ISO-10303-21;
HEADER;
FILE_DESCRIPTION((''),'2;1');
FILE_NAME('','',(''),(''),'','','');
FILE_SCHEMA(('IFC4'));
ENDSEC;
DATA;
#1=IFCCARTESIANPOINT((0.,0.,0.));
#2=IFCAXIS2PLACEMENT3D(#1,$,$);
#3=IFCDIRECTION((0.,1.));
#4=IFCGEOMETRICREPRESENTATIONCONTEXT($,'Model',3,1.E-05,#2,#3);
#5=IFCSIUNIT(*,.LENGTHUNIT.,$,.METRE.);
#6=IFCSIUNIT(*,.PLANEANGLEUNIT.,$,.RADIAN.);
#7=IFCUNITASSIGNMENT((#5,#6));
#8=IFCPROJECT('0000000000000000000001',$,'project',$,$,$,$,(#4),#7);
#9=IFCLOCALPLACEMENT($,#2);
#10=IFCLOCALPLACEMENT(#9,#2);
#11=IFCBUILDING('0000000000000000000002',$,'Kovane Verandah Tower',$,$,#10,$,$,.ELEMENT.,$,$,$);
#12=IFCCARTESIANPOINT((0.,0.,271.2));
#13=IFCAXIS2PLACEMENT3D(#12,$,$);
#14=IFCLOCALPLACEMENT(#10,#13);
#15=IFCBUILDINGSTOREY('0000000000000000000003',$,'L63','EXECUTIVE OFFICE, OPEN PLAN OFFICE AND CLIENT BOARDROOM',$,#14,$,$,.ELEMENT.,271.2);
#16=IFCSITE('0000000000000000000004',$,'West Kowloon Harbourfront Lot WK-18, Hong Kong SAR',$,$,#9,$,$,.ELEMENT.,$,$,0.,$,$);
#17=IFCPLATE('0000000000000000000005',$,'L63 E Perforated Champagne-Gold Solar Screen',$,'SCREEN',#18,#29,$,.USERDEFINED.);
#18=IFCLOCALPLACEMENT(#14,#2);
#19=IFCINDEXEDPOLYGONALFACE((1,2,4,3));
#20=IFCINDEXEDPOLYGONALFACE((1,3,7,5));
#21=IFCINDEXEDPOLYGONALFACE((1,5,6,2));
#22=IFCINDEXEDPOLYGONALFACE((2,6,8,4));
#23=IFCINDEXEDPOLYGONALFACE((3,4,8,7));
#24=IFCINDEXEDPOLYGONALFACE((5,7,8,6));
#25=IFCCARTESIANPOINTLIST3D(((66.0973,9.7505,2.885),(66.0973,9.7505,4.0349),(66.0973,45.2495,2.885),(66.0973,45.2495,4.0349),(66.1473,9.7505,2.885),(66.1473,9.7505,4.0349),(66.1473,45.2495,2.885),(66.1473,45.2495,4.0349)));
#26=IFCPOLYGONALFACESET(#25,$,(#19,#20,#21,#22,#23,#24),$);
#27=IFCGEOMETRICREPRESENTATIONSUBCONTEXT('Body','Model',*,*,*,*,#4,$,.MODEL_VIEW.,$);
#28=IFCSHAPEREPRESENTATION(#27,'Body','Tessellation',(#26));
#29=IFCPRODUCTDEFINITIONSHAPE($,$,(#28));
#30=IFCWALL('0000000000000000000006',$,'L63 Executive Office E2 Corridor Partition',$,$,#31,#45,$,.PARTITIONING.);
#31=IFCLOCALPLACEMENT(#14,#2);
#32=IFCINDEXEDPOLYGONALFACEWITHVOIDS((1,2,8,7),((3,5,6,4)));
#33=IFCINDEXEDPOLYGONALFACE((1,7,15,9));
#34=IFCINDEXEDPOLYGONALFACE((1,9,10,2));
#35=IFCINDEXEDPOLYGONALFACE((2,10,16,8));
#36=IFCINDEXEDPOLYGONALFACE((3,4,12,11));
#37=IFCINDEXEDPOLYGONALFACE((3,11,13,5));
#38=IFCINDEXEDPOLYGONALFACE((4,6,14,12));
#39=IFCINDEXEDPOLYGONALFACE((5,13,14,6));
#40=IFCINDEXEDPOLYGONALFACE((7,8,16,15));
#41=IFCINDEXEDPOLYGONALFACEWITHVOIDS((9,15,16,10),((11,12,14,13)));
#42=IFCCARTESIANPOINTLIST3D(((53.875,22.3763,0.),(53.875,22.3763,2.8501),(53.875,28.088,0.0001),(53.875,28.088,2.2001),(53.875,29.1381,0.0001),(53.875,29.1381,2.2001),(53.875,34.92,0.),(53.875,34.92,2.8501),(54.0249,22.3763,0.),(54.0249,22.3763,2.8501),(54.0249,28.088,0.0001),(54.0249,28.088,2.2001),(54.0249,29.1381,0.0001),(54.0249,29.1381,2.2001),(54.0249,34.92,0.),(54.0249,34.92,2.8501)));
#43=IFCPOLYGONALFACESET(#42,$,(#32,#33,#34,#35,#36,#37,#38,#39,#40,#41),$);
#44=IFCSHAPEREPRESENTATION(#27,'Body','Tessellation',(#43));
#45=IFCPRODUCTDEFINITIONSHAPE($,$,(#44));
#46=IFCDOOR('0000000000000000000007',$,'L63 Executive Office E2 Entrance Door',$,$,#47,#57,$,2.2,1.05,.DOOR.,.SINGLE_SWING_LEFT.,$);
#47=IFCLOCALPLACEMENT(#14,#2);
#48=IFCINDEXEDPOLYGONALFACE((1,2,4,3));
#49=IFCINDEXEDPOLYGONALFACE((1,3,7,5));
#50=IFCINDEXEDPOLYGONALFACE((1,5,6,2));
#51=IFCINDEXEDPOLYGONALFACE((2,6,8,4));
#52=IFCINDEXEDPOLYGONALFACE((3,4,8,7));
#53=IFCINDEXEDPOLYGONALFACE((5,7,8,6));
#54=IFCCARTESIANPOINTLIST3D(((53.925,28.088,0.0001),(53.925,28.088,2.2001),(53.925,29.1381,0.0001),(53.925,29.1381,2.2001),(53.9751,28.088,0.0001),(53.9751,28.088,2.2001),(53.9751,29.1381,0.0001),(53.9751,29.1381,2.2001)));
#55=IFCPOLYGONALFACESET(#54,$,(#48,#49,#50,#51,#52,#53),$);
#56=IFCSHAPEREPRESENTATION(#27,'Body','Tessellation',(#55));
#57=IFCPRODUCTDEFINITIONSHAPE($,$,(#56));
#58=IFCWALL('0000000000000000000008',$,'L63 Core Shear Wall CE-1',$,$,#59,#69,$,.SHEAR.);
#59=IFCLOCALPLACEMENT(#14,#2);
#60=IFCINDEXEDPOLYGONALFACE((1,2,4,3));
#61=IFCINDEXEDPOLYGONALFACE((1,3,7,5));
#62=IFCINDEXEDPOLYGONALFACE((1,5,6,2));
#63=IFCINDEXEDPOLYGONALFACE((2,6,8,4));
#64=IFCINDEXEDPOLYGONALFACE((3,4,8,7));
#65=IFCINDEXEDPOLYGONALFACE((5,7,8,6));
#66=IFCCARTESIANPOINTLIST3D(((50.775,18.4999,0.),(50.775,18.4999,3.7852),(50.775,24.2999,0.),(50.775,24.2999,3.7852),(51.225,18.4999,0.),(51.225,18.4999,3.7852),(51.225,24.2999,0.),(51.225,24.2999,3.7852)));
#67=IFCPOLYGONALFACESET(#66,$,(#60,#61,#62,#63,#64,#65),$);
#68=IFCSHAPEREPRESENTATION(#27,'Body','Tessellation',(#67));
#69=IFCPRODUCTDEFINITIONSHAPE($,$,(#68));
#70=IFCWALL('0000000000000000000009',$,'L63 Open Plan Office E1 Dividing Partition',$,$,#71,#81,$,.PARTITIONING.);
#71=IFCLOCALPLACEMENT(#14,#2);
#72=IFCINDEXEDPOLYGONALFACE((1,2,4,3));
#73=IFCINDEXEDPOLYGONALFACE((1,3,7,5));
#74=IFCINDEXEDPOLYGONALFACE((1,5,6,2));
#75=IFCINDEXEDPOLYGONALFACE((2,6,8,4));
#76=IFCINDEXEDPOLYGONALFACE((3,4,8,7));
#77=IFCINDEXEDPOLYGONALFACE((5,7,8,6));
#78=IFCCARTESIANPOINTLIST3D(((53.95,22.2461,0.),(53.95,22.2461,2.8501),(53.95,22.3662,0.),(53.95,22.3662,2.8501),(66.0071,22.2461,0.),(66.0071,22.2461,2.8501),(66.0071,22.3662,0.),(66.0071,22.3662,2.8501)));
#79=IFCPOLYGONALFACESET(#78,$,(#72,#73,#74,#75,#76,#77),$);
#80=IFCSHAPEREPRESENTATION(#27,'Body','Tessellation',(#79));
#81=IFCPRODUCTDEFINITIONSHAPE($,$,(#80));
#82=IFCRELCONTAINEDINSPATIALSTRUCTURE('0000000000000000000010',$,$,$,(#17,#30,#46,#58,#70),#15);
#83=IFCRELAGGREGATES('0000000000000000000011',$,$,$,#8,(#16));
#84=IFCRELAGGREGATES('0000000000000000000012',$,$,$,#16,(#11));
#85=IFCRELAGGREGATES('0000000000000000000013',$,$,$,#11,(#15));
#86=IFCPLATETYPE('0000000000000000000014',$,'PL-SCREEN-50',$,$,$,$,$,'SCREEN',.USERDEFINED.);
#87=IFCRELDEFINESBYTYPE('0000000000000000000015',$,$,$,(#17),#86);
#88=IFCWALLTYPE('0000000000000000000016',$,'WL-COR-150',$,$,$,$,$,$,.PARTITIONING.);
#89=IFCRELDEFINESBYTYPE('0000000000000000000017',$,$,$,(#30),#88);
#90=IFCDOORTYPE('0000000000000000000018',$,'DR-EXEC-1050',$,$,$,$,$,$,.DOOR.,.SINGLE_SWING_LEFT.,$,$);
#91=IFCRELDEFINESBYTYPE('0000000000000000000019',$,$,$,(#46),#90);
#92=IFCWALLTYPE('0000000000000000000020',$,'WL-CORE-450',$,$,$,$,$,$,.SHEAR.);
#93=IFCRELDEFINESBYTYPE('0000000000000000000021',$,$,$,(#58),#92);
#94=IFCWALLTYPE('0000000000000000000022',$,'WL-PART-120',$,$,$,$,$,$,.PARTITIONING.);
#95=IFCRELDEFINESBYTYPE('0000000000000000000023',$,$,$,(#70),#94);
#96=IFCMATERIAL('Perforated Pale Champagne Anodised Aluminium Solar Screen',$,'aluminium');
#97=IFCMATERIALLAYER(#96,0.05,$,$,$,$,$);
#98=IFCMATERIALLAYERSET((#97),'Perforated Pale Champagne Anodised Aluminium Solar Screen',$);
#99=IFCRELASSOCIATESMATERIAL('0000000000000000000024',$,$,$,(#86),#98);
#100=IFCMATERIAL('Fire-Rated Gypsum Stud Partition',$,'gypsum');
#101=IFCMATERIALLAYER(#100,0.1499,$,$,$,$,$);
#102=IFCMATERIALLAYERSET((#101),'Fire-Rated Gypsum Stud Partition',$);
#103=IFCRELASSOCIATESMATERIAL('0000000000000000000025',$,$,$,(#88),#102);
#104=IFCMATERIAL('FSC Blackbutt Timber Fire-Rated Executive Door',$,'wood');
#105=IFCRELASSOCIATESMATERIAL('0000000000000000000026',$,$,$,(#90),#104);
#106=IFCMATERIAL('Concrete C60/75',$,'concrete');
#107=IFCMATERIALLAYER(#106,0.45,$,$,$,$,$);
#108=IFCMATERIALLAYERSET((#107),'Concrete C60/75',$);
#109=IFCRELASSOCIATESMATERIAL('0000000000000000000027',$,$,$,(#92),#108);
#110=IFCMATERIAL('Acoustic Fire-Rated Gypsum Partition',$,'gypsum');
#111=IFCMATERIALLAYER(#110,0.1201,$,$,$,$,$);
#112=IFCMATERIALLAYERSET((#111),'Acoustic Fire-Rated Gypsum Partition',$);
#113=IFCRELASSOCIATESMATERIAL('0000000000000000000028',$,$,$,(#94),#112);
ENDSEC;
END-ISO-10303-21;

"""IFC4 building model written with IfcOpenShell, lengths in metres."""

from ifc_helpers import new_model, si_unit, direction, frame, frame_2d, origin, origin_2d, place, context, subcontext, project, spatial, rectangle, extrude, material, layer, layer_set, type_object, element, fill, save


model = new_model("IFC4")

# Units and contexts
model_context = context("Model", 3, precision=1e-05, world=origin(), true_north=direction((0.0, 1.0)))
body_context = subcontext(model_context, "Body", "Model", "MODEL_VIEW")
ifc_project = project(units=[si_unit("LENGTHUNIT", "METRE"), si_unit("PLANEANGLEUNIT", "RADIAN")], contexts=[model_context])

# Site, building, storey
site_placement = place(None, origin())
site = spatial("IfcSite", under=ifc_project, at=site_placement, Name="West Kowloon Harbourfront Lot WK-18, Hong Kong SAR", CompositionType="ELEMENT", RefElevation=0.0)
building_placement = place(site_placement, origin())
building = spatial("IfcBuilding", under=site, at=building_placement, Name="Kovane Verandah Tower", CompositionType="ELEMENT")
storey_placement = place(building_placement, frame((0.0, 0.0, 271.2)))
storey = spatial("IfcBuildingStorey", under=building, at=storey_placement, Name="L63", Description="EXECUTIVE OFFICE, OPEN PLAN OFFICE AND CLIENT BOARDROOM", CompositionType="ELEMENT", Elevation=271.2)

# Shared definitions
ifc_material_1 = material(Name="Concrete C60/75", Category="concrete")

# Plate
ifc_material_2 = material(Name="Perforated Pale Champagne Anodised Aluminium Solar Screen", Category="aluminium")
ifc_layer_1 = layer(ifc_material_2, 0.05)
ifc_layer_set_1 = layer_set([ifc_layer_1], Name="Perforated Pale Champagne Anodised Aluminium Solar Screen")
plate_type = type_object("IfcPlateType", Name="PL-SCREEN-50", ElementType="SCREEN", PredefinedType="USERDEFINED", material=ifc_layer_set_1)
plate_placement = place(storey_placement, frame((66.1223, 27.5, 2.885), z_axis=(0.0, 0.0, 1.0), x_axis=(0.0, 1.0, 0.0)))
element("IfcPlate", 1, at=plate_placement, inside=storey, type_object=plate_type, Name="L63 E Perforated Champagne-Gold Solar Screen", ObjectType="SCREEN", PredefinedType="USERDEFINED", context=body_context, shape_type="SweptSolid", body=[
    extrude(rectangle(XDim=35.499, YDim=0.05, at=origin_2d()), origin(), (0.0, 0.0, 1.0), 1.1499),
])

# Wall, opening, door
ifc_material_3 = material(Name="Fire-Rated Gypsum Stud Partition", Category="gypsum")
ifc_layer_2 = layer(ifc_material_3, 0.1499)
ifc_layer_set_2 = layer_set([ifc_layer_2], Name="Fire-Rated Gypsum Stud Partition")
wall_type_1 = type_object("IfcWallType", Name="WL-COR-150", PredefinedType="PARTITIONING", material=ifc_layer_set_2)
wall_1_placement = place(storey_placement, frame((53.95, 22.3762, 0.0), z_axis=(0.0, 0.0, 1.0), x_axis=(0.0, 1.0, 0.0)))
wall_1 = element("IfcWall", 2, at=wall_1_placement, inside=storey, type_object=wall_type_1, Name="L63 Executive Office E2 Corridor Partition", PredefinedType="PARTITIONING", context=body_context, shape_type="SweptSolid", body=[
    extrude(rectangle(XDim=12.5437, YDim=0.1499, at=frame_2d((6.272, 0.0))), origin(), (0.0, 0.0, 1.0), 2.8501),
])
opening_1_placement = place(wall_1_placement, frame((5.7119, 0.0, 0.0)))
opening_1 = element("IfcOpeningElement", 3, at=opening_1_placement, cuts=wall_1, PredefinedType="OPENING", context=body_context, shape_type="SweptSolid", body=[
    extrude(rectangle(XDim=1.05, YDim=2.2, at=frame_2d((0.5249, 1.1001))), frame((0.0, 0.075, 0.0), z_axis=(0.0, -1.0, 0.0), x_axis=(1.0, 0.0, 0.0)), (0.0, 0.0, 1.0), 0.1499),
])
ifc_material_4 = material(Name="FSC Blackbutt Timber Fire-Rated Executive Door", Category="wood")
door_type_1 = type_object("IfcDoorType", Name="DR-EXEC-1050", OperationType="SINGLE_SWING_LEFT", PredefinedType="DOOR", material=ifc_material_4)
door_1_placement = place(opening_1_placement, origin())
door_1 = element("IfcDoor", 4, at=door_1_placement, inside=storey, type_object=door_type_1, Name="L63 Executive Office E2 Entrance Door", OperationType="SINGLE_SWING_LEFT", OverallHeight=2.2, OverallWidth=1.05, PredefinedType="DOOR", context=body_context, shape_type="SweptSolid", body=[
    extrude(rectangle(XDim=1.05, YDim=2.2, at=frame_2d((0.5249, 1.1001))), frame((0.0, 0.0249, 0.0), z_axis=(0.0, -1.0, 0.0), x_axis=(1.0, 0.0, 0.0)), (0.0, 0.0, 1.0), 0.05),
])
fill(opening_1, door_1)

# Wall
ifc_layer_3 = layer(ifc_material_1, 0.45)
ifc_layer_set_3 = layer_set([ifc_layer_3], Name="Concrete C60/75")
wall_type_2 = type_object("IfcWallType", Name="WL-CORE-450", PredefinedType="SHEAR", material=ifc_layer_set_3)
wall_2_placement = place(storey_placement, frame((51.0, 18.5, 0.0), z_axis=(0.0, 0.0, 1.0), x_axis=(0.0, 1.0, 0.0)))
element("IfcWall", 5, at=wall_2_placement, inside=storey, type_object=wall_type_2, Name="L63 Core Shear Wall CE-1", PredefinedType="SHEAR", context=body_context, shape_type="SweptSolid", body=[
    extrude(rectangle(XDim=5.8, YDim=0.45, at=frame_2d((2.8999, 0.0))), origin(), (0.0, 0.0, 1.0), 3.7852),
])

# Wall
ifc_material_5 = material(Name="Acoustic Fire-Rated Gypsum Partition", Category="gypsum")
ifc_layer_4 = layer(ifc_material_5, 0.1201)
ifc_layer_set_4 = layer_set([ifc_layer_4], Name="Acoustic Fire-Rated Gypsum Partition")
wall_type_3 = type_object("IfcWallType", Name="WL-PART-120", PredefinedType="PARTITIONING", material=ifc_layer_set_4)
wall_3_placement = place(storey_placement, frame((53.95, 22.3062, 0.0), z_axis=(0.0, 0.0, 1.0), x_axis=(1.0, 0.0, 0.0)))
element("IfcWall", 6, at=wall_3_placement, inside=storey, type_object=wall_type_3, Name="L63 Open Plan Office E1 Dividing Partition", PredefinedType="PARTITIONING", context=body_context, shape_type="SweptSolid", body=[
    extrude(rectangle(XDim=12.0571, YDim=0.1201, at=frame_2d((6.0286, 0.0))), origin(), (0.0, 0.0, 1.0), 2.8501),
])

save(model, "model.ifc")
